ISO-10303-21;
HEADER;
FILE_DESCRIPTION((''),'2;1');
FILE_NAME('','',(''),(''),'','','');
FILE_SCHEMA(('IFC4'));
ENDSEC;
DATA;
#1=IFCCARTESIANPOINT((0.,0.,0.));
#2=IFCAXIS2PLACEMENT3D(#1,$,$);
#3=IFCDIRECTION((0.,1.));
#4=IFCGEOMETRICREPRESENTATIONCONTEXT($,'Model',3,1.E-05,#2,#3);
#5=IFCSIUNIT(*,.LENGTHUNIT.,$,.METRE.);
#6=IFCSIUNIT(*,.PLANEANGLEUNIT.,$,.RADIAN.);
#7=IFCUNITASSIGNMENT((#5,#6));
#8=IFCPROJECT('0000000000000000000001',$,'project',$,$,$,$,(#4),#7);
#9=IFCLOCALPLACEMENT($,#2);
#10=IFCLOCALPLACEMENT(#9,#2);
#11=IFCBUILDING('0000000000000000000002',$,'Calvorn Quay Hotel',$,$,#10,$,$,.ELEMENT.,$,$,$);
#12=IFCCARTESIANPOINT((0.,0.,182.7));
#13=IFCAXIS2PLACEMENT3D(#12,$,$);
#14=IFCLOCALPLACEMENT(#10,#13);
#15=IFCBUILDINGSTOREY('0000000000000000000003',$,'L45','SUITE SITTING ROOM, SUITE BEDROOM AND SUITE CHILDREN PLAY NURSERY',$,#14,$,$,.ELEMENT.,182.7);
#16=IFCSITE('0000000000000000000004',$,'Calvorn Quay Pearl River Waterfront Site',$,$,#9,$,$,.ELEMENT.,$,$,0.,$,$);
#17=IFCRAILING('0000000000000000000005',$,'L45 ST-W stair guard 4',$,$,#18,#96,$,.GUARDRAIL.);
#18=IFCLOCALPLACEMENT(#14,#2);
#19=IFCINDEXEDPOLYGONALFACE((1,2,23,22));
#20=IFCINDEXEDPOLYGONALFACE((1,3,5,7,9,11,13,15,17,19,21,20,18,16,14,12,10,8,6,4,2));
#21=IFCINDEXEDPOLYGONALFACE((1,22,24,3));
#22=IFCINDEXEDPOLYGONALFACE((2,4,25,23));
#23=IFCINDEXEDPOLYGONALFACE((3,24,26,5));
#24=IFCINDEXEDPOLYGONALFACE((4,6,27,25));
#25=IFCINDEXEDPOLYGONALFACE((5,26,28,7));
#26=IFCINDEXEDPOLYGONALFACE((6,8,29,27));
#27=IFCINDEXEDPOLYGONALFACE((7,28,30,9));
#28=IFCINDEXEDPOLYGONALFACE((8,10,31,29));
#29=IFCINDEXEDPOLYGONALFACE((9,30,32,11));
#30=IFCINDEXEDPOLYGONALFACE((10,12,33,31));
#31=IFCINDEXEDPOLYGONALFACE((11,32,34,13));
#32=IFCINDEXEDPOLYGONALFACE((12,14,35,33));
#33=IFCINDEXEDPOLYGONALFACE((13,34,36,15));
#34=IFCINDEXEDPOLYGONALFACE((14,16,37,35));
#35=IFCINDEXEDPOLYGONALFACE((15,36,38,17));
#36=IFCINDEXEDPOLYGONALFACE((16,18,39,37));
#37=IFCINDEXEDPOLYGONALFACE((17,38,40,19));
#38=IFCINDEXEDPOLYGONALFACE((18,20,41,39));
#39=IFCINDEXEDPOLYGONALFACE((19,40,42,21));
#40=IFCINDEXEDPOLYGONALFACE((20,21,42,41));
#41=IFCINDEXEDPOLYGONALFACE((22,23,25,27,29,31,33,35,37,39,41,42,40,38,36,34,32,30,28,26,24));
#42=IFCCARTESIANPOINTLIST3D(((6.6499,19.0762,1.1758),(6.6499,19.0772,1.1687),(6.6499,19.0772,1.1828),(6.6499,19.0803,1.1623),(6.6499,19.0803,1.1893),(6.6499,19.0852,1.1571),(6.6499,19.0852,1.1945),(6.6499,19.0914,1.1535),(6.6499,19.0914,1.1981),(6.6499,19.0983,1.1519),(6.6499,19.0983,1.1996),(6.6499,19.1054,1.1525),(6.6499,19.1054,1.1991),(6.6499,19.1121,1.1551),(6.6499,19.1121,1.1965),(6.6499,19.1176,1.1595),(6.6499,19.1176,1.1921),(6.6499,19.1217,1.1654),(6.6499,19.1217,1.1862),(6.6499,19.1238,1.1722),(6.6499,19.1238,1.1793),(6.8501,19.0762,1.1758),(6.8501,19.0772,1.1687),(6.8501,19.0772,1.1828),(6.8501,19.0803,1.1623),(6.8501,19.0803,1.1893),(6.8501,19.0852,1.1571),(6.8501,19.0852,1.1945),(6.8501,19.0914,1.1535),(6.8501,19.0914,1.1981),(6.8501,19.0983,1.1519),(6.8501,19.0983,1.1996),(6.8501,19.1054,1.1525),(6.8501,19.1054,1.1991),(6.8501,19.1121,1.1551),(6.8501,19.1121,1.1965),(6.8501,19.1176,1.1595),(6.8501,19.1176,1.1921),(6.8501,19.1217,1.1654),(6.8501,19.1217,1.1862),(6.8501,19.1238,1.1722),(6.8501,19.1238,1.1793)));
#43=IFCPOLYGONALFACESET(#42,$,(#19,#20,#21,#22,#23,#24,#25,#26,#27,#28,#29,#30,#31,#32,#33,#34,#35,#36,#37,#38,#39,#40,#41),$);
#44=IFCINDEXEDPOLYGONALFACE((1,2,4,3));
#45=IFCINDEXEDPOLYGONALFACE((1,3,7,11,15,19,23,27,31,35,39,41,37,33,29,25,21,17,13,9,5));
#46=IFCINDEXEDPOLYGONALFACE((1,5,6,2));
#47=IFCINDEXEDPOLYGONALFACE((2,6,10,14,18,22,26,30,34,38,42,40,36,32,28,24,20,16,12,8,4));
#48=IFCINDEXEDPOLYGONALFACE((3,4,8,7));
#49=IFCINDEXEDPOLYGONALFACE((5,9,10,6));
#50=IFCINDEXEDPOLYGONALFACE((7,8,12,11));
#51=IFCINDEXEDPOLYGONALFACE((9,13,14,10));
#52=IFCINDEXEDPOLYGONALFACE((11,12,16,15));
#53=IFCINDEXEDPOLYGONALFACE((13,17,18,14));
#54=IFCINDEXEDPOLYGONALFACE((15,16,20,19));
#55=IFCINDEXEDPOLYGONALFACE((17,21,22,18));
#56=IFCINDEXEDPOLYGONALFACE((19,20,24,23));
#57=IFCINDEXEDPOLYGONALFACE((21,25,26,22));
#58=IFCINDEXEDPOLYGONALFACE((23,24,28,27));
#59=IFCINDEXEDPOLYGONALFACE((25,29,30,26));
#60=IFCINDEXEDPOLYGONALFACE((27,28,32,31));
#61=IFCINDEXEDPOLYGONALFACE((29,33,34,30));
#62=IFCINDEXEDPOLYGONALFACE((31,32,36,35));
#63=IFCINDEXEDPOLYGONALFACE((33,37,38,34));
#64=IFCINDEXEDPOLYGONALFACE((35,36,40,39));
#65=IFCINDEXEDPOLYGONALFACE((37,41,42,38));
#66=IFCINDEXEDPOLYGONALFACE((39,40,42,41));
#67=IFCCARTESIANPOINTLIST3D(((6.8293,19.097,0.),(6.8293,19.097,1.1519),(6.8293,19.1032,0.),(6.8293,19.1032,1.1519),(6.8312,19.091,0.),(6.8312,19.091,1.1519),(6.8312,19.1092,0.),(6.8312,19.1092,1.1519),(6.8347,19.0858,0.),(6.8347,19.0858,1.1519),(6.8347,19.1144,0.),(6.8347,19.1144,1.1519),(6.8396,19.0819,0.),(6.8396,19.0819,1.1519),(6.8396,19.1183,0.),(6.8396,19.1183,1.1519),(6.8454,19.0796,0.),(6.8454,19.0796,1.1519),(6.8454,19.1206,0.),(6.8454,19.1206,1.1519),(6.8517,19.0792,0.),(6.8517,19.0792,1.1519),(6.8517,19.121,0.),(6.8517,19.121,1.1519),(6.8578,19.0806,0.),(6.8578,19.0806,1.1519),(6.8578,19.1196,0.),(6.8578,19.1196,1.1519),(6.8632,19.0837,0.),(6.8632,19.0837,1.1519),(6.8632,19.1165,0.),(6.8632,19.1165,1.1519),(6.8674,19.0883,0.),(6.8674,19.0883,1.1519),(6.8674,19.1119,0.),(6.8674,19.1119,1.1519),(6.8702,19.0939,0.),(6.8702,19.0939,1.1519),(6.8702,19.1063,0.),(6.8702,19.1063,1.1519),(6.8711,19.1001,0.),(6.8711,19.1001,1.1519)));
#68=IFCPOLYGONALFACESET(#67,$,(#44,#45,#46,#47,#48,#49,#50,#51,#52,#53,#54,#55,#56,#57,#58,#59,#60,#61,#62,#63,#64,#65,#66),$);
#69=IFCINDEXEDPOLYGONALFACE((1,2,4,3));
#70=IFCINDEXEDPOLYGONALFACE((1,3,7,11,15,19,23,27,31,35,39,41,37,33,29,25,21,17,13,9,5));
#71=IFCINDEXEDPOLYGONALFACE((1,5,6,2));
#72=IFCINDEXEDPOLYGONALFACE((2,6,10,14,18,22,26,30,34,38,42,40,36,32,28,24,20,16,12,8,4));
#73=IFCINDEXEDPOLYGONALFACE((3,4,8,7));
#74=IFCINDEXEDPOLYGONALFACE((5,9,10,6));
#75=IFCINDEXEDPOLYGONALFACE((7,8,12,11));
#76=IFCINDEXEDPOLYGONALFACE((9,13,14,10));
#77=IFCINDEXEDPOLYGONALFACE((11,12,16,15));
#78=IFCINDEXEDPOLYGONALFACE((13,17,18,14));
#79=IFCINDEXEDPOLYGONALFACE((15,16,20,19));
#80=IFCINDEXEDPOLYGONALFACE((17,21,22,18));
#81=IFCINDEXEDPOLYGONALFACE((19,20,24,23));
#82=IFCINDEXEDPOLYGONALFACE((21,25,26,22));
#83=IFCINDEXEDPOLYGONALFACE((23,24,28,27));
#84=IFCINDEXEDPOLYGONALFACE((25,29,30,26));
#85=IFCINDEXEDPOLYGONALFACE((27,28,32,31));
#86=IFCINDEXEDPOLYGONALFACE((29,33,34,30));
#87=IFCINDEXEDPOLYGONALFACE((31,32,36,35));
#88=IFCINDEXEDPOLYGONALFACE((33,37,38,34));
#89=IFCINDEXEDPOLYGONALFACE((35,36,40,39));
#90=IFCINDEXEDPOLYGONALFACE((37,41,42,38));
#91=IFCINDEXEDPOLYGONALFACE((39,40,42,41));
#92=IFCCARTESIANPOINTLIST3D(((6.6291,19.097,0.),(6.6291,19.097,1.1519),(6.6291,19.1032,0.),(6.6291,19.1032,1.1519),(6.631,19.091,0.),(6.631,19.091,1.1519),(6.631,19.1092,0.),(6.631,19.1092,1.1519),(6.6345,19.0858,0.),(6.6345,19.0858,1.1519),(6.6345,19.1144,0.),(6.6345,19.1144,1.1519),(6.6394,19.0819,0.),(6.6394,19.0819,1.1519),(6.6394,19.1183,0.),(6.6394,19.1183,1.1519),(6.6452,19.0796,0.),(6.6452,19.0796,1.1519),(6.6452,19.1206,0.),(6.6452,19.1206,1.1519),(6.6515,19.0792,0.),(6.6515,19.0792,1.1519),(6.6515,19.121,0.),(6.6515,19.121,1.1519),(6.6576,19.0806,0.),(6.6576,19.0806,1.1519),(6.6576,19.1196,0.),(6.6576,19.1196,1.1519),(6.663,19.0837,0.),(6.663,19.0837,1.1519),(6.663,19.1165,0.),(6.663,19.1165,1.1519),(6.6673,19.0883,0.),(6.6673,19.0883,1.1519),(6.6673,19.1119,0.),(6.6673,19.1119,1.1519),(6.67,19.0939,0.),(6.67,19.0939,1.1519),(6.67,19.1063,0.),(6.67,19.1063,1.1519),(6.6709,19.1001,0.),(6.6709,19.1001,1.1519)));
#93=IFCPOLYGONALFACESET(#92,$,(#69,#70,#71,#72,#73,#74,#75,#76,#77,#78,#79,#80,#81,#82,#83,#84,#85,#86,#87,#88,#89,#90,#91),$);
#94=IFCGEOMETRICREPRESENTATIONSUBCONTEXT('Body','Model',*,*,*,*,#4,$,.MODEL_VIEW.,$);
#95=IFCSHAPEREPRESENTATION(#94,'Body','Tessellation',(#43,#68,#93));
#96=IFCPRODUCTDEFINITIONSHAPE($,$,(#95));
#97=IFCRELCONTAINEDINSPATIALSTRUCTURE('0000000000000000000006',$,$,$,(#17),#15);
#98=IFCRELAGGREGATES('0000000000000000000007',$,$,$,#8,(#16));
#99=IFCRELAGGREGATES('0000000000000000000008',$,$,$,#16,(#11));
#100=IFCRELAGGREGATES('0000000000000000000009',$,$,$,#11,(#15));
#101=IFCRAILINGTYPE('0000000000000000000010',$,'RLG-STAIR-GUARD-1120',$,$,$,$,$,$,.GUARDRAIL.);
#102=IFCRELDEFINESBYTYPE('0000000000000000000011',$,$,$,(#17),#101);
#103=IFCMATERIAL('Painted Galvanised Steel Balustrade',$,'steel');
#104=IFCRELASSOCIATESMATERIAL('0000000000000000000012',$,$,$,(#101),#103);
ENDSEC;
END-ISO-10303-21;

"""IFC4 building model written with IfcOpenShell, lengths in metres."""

from ifc_helpers import new_model, si_unit, direction, frame, origin, origin_2d, place, context, subcontext, project, spatial, circle, extrude, material, type_object, element, save


model = new_model("IFC4")

# Units and contexts
model_context = context("Model", 3, precision=1e-05, world=origin(), true_north=direction((0.0, 1.0)))
body_context = subcontext(model_context, "Body", "Model", "MODEL_VIEW")
ifc_project = project(units=[si_unit("LENGTHUNIT", "METRE"), si_unit("PLANEANGLEUNIT", "RADIAN")], contexts=[model_context])

# Site, building, storey
site_placement = place(None, origin())
site = spatial("IfcSite", under=ifc_project, at=site_placement, Name="Calvorn Quay Pearl River Waterfront Site", CompositionType="ELEMENT", RefElevation=0.0)
building_placement = place(site_placement, origin())
building = spatial("IfcBuilding", under=site, at=building_placement, Name="Calvorn Quay Hotel", CompositionType="ELEMENT")
storey_placement = place(building_placement, frame((0.0, 0.0, 182.7)))
storey = spatial("IfcBuildingStorey", under=building, at=storey_placement, Name="L45", Description="SUITE SITTING ROOM, SUITE BEDROOM AND SUITE CHILDREN PLAY NURSERY", CompositionType="ELEMENT", Elevation=182.7)

# Railing
ifc_material_1 = material(Name="Painted Galvanised Steel Balustrade", Category="steel")
railing_type_1 = type_object("IfcRailingType", Name="RLG-STAIR-GUARD-1120", PredefinedType="GUARDRAIL", material=ifc_material_1)
railing_1_placement = place(storey_placement, frame((6.8501, 19.1001, 0.0)))
element("IfcRailing", 1, at=railing_1_placement, inside=storey, type_object=railing_type_1, Name="L45 ST-W stair guard 4", PredefinedType="GUARDRAIL", context=body_context, shape_type="SweptSolid", body=[
    extrude(circle(Radius=0.0239, at=origin_2d()), frame((0.0, 0.0, 1.1758), z_axis=(-1.0, 0.0, 0.0), x_axis=(0.0, -1.0, 0.0)), (0.0, 0.0, 1.0), 0.2002),
    extrude(circle(Radius=0.021, at=origin_2d()), origin(), (0.0, 0.0, 1.0), 1.1519),
    extrude(circle(Radius=0.021, at=origin_2d()), frame((-0.2002, 0.0, 0.0)), (0.0, 0.0, 1.0), 1.1519),
])

save(model, "model.ifc")
